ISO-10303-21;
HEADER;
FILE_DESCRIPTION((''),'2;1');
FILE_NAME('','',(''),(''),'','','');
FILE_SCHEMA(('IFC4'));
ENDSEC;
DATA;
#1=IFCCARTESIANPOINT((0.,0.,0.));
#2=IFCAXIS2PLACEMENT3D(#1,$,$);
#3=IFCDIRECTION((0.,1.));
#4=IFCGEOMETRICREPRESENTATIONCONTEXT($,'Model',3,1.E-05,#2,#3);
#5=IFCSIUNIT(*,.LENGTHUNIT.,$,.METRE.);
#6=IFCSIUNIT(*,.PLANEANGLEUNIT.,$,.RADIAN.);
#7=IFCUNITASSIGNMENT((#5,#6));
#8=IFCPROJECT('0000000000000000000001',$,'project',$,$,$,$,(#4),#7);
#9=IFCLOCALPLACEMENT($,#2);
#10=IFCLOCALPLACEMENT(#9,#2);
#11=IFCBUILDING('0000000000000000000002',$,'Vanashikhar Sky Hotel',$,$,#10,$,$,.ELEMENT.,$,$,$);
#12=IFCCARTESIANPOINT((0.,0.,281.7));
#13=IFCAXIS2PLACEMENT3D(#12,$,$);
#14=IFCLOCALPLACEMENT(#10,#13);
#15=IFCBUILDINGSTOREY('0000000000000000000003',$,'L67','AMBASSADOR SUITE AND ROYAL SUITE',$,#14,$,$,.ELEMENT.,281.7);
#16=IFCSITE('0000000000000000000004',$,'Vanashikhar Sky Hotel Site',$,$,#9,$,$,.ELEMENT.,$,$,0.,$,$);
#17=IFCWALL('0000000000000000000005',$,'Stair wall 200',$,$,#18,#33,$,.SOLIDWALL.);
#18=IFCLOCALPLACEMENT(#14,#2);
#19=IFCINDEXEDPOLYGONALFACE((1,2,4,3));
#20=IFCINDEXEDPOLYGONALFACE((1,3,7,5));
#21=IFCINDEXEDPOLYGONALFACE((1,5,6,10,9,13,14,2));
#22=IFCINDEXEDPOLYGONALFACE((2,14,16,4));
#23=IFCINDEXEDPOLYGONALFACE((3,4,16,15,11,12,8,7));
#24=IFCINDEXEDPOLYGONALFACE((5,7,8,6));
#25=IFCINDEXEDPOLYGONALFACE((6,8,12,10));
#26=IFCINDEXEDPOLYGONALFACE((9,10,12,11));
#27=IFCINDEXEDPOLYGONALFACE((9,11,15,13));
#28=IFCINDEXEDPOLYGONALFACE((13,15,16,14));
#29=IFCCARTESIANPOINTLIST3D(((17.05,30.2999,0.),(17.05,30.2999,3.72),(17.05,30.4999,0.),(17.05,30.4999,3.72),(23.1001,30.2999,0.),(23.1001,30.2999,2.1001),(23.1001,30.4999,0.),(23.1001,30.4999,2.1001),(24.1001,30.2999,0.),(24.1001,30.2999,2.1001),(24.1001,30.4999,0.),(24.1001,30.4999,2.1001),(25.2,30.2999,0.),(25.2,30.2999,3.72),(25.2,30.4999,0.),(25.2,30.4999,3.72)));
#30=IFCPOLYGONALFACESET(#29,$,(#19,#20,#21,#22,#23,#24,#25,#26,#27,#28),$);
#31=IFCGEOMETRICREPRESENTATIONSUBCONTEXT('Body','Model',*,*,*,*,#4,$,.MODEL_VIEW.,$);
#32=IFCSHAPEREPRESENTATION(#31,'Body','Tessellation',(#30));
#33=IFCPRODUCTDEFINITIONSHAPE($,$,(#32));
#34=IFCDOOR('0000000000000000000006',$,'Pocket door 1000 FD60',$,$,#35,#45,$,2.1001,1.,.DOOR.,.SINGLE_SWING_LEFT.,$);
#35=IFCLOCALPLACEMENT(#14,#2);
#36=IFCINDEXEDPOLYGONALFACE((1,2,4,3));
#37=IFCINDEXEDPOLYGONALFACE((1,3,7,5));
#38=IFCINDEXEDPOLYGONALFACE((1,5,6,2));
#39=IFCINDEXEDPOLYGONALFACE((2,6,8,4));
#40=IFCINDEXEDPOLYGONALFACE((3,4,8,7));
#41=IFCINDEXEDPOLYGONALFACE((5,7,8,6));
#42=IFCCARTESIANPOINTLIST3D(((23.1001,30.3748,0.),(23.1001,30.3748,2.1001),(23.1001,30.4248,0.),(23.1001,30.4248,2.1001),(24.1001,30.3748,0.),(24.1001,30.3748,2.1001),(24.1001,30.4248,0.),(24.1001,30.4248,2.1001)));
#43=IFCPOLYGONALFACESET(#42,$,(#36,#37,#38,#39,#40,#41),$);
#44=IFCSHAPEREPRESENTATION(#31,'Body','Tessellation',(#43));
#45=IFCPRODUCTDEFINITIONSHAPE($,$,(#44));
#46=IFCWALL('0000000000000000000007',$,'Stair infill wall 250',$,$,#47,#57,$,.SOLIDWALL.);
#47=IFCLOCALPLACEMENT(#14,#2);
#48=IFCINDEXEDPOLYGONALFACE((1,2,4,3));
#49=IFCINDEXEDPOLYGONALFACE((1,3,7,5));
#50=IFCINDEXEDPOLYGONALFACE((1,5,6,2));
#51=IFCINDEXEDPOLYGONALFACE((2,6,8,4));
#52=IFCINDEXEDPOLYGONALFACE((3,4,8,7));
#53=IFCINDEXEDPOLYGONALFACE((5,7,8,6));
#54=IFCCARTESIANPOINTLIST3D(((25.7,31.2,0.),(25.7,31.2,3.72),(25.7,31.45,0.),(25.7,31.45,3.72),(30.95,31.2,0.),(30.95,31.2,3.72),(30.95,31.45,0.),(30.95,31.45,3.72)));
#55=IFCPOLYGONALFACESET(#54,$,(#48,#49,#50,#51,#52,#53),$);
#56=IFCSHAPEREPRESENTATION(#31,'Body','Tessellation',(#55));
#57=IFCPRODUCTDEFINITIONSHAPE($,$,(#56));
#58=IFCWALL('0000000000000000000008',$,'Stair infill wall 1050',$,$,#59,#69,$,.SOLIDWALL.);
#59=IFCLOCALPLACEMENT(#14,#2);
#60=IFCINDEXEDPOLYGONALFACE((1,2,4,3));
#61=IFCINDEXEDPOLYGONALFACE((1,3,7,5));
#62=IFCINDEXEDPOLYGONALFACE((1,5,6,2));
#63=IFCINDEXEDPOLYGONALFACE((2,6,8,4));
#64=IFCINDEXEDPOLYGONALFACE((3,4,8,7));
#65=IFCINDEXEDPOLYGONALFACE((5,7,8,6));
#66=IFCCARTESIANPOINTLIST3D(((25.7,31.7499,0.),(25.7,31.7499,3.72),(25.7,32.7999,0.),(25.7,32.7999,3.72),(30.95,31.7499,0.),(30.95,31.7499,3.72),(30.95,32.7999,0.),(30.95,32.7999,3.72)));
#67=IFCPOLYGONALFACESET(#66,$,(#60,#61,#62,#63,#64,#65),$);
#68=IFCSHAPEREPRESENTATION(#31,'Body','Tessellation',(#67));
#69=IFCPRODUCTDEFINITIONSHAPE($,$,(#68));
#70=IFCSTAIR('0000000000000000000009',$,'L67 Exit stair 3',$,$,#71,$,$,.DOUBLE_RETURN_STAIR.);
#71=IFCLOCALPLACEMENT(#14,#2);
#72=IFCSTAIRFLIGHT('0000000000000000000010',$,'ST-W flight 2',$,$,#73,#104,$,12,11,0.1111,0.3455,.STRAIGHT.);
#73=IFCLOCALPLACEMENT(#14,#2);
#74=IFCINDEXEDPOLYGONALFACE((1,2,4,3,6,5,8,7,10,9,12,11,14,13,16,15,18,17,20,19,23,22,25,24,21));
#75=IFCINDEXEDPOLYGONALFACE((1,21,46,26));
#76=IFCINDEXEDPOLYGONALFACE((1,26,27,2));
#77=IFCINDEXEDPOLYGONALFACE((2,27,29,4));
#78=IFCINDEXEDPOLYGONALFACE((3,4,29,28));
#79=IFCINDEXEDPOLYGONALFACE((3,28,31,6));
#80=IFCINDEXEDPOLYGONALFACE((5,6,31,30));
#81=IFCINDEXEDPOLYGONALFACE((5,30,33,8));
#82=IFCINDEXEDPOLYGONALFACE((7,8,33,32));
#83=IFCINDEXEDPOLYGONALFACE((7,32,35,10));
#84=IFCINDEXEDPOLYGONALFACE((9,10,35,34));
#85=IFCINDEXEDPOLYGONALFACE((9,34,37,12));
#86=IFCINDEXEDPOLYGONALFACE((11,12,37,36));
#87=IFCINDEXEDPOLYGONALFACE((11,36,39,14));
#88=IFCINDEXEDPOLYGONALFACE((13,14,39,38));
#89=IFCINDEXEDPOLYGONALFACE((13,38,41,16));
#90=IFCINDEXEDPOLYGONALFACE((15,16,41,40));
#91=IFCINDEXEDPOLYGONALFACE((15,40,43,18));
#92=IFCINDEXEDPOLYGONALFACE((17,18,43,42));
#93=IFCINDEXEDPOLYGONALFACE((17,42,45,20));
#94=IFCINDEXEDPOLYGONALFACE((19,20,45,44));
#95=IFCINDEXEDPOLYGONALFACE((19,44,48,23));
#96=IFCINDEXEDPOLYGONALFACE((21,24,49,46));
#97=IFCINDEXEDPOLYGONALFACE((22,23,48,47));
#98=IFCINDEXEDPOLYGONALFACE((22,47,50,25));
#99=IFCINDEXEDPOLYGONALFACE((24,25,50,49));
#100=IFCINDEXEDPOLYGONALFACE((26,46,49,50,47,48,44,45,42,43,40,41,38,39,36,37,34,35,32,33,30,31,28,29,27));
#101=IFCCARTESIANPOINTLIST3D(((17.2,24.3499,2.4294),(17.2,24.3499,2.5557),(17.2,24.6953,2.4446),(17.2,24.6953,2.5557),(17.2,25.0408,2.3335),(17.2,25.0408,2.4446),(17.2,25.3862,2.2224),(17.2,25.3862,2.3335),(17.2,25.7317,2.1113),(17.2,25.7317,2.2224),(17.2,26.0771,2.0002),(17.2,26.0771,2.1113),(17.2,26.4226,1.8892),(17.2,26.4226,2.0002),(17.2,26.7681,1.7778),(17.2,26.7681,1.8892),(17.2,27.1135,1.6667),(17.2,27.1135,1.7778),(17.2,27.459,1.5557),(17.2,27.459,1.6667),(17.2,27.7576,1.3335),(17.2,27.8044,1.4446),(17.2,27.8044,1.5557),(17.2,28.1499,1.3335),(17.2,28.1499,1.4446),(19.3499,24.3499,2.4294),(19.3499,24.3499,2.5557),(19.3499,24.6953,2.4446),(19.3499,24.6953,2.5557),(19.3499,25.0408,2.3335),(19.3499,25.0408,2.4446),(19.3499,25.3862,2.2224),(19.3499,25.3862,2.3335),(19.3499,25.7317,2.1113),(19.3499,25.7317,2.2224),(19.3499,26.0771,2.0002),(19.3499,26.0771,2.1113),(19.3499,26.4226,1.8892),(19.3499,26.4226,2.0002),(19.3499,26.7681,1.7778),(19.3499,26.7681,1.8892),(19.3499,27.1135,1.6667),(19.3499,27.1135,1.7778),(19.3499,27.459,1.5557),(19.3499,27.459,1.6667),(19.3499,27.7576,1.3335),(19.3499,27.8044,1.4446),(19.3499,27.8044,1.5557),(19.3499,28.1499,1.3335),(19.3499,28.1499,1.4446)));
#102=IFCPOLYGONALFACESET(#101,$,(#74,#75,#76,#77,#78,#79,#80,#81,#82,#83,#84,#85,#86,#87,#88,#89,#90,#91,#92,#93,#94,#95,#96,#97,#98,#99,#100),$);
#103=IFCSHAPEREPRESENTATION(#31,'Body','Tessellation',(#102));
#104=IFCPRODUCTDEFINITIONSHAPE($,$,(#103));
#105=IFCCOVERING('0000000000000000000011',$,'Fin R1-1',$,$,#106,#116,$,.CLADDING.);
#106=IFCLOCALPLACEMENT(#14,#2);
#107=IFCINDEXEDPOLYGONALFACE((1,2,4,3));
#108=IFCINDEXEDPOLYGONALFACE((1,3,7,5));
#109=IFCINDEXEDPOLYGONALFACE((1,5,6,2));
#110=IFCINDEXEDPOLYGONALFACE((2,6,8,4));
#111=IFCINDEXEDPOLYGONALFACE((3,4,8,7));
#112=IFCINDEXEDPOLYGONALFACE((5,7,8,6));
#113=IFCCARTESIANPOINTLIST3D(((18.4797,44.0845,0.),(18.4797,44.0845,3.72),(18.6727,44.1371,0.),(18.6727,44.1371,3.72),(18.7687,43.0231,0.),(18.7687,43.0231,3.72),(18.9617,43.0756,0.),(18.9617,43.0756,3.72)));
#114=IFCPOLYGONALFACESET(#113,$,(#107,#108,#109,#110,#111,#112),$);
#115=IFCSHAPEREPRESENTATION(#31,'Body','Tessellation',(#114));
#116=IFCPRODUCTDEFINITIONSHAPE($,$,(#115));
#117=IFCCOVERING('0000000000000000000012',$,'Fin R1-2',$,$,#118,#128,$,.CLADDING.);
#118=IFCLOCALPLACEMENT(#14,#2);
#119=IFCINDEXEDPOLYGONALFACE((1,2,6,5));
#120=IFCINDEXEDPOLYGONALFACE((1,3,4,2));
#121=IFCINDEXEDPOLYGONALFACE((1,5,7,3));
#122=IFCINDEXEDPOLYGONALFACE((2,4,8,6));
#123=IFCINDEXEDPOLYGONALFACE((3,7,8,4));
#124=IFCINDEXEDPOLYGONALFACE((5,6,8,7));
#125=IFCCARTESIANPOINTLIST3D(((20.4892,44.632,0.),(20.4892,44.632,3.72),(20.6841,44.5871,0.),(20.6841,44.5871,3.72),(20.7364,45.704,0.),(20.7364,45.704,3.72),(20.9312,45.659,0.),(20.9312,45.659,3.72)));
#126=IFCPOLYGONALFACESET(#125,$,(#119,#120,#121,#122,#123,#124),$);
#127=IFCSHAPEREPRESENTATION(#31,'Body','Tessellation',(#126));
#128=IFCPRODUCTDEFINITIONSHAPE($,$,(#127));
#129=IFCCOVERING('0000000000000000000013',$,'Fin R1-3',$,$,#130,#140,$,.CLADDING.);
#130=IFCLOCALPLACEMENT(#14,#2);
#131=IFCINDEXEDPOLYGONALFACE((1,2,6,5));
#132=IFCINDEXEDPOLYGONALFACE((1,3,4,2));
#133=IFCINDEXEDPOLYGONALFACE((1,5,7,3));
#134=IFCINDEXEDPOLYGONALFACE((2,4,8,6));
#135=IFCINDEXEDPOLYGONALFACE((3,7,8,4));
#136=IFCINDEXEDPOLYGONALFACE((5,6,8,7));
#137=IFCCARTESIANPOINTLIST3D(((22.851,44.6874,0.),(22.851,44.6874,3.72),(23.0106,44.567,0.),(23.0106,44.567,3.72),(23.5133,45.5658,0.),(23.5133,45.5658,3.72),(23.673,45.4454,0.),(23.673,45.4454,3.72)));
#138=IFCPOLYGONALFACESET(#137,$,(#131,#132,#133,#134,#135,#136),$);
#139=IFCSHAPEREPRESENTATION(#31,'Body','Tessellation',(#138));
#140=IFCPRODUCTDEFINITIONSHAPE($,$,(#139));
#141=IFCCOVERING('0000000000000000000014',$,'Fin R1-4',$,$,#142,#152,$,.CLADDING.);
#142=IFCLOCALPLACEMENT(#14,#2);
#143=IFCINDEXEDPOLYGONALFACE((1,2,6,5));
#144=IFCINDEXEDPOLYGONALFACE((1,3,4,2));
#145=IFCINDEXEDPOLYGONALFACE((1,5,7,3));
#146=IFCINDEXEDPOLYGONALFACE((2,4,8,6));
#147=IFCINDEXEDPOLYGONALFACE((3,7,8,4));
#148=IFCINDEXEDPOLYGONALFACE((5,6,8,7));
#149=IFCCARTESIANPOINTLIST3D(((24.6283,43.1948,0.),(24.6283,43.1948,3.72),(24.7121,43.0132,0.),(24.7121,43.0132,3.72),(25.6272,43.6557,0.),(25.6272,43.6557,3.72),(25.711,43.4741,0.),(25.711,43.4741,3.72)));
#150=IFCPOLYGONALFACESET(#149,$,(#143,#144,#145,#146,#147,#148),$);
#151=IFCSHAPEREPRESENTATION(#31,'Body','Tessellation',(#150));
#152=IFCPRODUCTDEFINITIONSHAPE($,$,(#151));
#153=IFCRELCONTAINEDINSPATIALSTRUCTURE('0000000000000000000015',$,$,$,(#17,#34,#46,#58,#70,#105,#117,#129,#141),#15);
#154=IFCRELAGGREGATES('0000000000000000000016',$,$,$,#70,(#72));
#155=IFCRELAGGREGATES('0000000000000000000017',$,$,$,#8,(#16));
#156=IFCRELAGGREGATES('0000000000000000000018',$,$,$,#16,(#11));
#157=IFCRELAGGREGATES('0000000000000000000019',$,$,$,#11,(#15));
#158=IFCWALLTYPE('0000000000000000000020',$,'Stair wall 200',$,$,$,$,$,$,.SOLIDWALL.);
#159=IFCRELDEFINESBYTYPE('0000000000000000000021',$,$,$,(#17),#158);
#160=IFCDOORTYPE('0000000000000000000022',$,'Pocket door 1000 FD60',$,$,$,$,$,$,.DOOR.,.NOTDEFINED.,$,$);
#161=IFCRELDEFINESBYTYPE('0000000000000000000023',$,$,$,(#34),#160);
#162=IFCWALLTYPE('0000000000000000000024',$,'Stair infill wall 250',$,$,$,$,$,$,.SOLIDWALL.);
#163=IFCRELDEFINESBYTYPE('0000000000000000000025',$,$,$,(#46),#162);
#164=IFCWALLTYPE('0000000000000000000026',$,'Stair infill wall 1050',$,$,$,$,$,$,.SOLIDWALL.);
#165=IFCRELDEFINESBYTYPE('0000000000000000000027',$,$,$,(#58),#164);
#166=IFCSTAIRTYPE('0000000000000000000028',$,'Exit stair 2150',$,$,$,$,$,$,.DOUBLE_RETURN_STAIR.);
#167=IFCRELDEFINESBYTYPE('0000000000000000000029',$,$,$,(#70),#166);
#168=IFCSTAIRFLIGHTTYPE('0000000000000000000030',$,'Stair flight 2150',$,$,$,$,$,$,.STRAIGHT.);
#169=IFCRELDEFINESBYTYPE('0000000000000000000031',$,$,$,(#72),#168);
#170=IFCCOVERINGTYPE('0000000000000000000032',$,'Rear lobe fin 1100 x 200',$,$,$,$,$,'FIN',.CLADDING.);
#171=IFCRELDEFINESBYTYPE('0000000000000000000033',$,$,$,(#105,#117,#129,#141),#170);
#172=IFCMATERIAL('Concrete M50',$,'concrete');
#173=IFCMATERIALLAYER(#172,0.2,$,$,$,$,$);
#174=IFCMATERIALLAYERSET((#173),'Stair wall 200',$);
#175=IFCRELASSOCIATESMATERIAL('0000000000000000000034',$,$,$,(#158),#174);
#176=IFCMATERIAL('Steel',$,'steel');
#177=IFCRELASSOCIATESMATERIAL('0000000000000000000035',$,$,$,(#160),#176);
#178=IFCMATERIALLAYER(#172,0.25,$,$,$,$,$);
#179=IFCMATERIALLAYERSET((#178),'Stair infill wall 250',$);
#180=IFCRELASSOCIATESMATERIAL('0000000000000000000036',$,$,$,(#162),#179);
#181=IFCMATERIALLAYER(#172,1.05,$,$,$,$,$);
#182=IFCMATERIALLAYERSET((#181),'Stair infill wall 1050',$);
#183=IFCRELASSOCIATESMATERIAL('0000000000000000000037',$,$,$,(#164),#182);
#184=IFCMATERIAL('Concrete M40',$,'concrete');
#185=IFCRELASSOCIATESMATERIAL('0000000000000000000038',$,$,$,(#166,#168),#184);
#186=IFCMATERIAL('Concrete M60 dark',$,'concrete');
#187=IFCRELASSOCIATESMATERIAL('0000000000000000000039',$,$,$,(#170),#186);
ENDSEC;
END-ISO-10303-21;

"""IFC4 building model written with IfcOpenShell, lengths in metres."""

from ifc_helpers import new_model, si_unit, direction, frame, frame_2d, origin, origin_2d, place, context, subcontext, project, spatial, polyline, rectangle, outline, extrude, source, transform, mapped, material, layer, layer_set, material_profile, profile_set, type_object, element, fill, aggregate, save


model = new_model("IFC4")

# Units and contexts
model_context = context("Model", 3, precision=1e-05, world=origin(), true_north=direction((0.0, 1.0)))
body_context = subcontext(model_context, "Body", "Model", "MODEL_VIEW")
ifc_project = project(units=[si_unit("LENGTHUNIT", "METRE"), si_unit("PLANEANGLEUNIT", "RADIAN")], contexts=[model_context])

# Site, building, storey
site_placement = place(None, origin())
site = spatial("IfcSite", under=ifc_project, at=site_placement, Name="Vanashikhar Sky Hotel Site", CompositionType="ELEMENT", RefElevation=0.0)
building_placement = place(site_placement, origin())
building = spatial("IfcBuilding", under=site, at=building_placement, Name="Vanashikhar Sky Hotel", CompositionType="ELEMENT")
storey_placement = place(building_placement, frame((0.0, 0.0, 281.7)))
storey = spatial("IfcBuildingStorey", under=building, at=storey_placement, Name="L67", Description="AMBASSADOR SUITE AND ROYAL SUITE", CompositionType="ELEMENT", Elevation=281.7)

# Shared definitions
ifc_material_1 = material(Name="Concrete M50", Category="concrete")

# Wall, opening, door
ifc_layer_1 = layer(ifc_material_1, 0.2)
ifc_layer_set_1 = layer_set([ifc_layer_1], Name="Stair wall 200")
wall_type_1 = type_object("IfcWallType", Name="Stair wall 200", PredefinedType="SOLIDWALL", material=ifc_layer_set_1)
shared_shape_1 = source(origin(), body_context, "Body", "SweptSolid", [
    extrude(rectangle(XDim=8.1499, YDim=0.2, at=frame_2d((4.075, 0.0))), origin(), (0.0, 0.0, 1.0), 3.72),
])
wall_1_placement = place(storey_placement, frame((17.05, 30.3999, 0.0), z_axis=(0.0, 0.0, 1.0), x_axis=(1.0, 0.0, 0.0)))
wall_1 = element("IfcWall", 1, at=wall_1_placement, inside=storey, type_object=wall_type_1, Name="Stair wall 200", PredefinedType="SOLIDWALL", context=body_context, shape_type="MappedRepresentation", body=[
    mapped(shared_shape_1, transform((0.0, 0.0, 0.0), scale=1.0)),
])
shared_shape_2 = source(origin(), body_context, "Body", "SweptSolid", [
    extrude(rectangle(XDim=1.0, YDim=2.1001, at=frame_2d((0.5, 1.05))), frame((0.0, 0.1099, 0.0), z_axis=(0.0, -1.0, 0.0), x_axis=(1.0, 0.0, 0.0)), (0.0, 0.0, 1.0), 0.22),
])
opening_1_placement = place(wall_1_placement, frame((6.05, 0.0, 0.0)))
opening_1 = element("IfcOpeningElement", 2, at=opening_1_placement, cuts=wall_1, PredefinedType="OPENING", context=body_context, shape_type="MappedRepresentation", body=[
    mapped(shared_shape_2, transform((0.0, 0.0, 0.0), scale=1.0)),
])
ifc_material_2 = material(Name="Steel", Category="steel")
door_type_1 = type_object("IfcDoorType", Name="Pocket door 1000 FD60", OperationType="NOTDEFINED", PredefinedType="DOOR", material=ifc_material_2)
shared_shape_3 = source(origin(), body_context, "Body", "SweptSolid", [
    extrude(rectangle(XDim=1.0, YDim=2.1001, at=frame_2d((0.5, 1.05))), frame((0.0, 0.0249, 0.0), z_axis=(0.0, -1.0, 0.0), x_axis=(1.0, 0.0, 0.0)), (0.0, 0.0, 1.0), 0.05),
])
door_1_placement = place(opening_1_placement, origin())
door_1 = element("IfcDoor", 3, at=door_1_placement, inside=storey, type_object=door_type_1, Name="Pocket door 1000 FD60", OperationType="SINGLE_SWING_LEFT", OverallHeight=2.1001, OverallWidth=1.0, PredefinedType="DOOR", context=body_context, shape_type="MappedRepresentation", body=[
    mapped(shared_shape_3, transform((0.0, 0.0, 0.0), scale=1.0)),
])
fill(opening_1, door_1)

# Walls
ifc_layer_2 = layer(ifc_material_1, 0.25)
ifc_layer_set_2 = layer_set([ifc_layer_2], Name="Stair infill wall 250")
wall_type_2 = type_object("IfcWallType", Name="Stair infill wall 250", PredefinedType="SOLIDWALL", material=ifc_layer_set_2)
shared_shape_4 = source(origin(), body_context, "Body", "SweptSolid", [
    extrude(rectangle(XDim=5.25, YDim=0.25, at=frame_2d((2.625, 0.0))), origin(), (0.0, 0.0, 1.0), 3.72),
])
wall_2_placement = place(storey_placement, frame((25.7, 31.325, 0.0), z_axis=(0.0, 0.0, 1.0), x_axis=(1.0, 0.0, 0.0)))
element("IfcWall", 4, at=wall_2_placement, inside=storey, type_object=wall_type_2, Name="Stair infill wall 250", PredefinedType="SOLIDWALL", context=body_context, shape_type="MappedRepresentation", body=[
    mapped(shared_shape_4, transform((0.0, 0.0, 0.0), scale=1.0)),
])
ifc_layer_3 = layer(ifc_material_1, 1.05)
ifc_layer_set_3 = layer_set([ifc_layer_3], Name="Stair infill wall 1050")
wall_type_3 = type_object("IfcWallType", Name="Stair infill wall 1050", PredefinedType="SOLIDWALL", material=ifc_layer_set_3)
shared_shape_5 = source(origin(), body_context, "Body", "SweptSolid", [
    extrude(rectangle(XDim=5.25, YDim=1.05, at=frame_2d((2.625, 0.0))), origin(), (0.0, 0.0, 1.0), 3.72),
])
wall_3_placement = place(storey_placement, frame((25.7, 32.2749, 0.0), z_axis=(0.0, 0.0, 1.0), x_axis=(1.0, 0.0, 0.0)))
element("IfcWall", 5, at=wall_3_placement, inside=storey, type_object=wall_type_3, Name="Stair infill wall 1050", PredefinedType="SOLIDWALL", context=body_context, shape_type="MappedRepresentation", body=[
    mapped(shared_shape_5, transform((0.0, 0.0, 0.0), scale=1.0)),
])

# Stair, stair flight
ifc_material_3 = material(Name="Concrete M40", Category="concrete")
stair_type = type_object("IfcStairType", Name="Exit stair 2150", PredefinedType="DOUBLE_RETURN_STAIR", material=ifc_material_3)
stair_placement = place(storey_placement, origin())
stair = element("IfcStair", 6, at=stair_placement, inside=storey, type_object=stair_type, Name="L67 Exit stair 3", PredefinedType="DOUBLE_RETURN_STAIR")
stair_flight_type = type_object("IfcStairFlightType", Name="Stair flight 2150", PredefinedType="STRAIGHT", material=ifc_material_3)
shared_shape_6 = source(origin(), body_context, "Body", "SweptSolid", [
    extrude(outline(polyline([(0.0, 0.0), (0.0, 0.1111), (0.3455, 0.1111), (0.3455, 0.2222), (0.6909, 0.2222), (0.6909, 0.3333), (1.0364, 0.3333), (1.0364, 0.4443), (1.3818, 0.4443), (1.3818, 0.5557), (1.7273, 0.5557), (1.7273, 0.6667), (2.0728, 0.6667), (2.0728, 0.7778), (2.4182, 0.7778), (2.4182, 0.8889), (2.7637, 0.8889), (2.7637, 1.0), (3.1091, 1.0), (3.1091, 1.1111), (3.4546, 1.1111), (3.4546, 1.2222), (3.8, 1.2222), (3.8, 1.3333), (3.8, 1.0959), (0.3923, 0.0), (0.0, 0.0)])), frame((0.0, 1.075, 0.0), z_axis=(0.0, -1.0, 0.0), x_axis=(1.0, 0.0, 0.0)), (0.0, 0.0, 1.0), 2.1499),
])
stair_flight_placement = place(storey_placement, frame((18.2749, 28.1499, 1.3335), z_axis=(0.0, 0.0, 1.0), x_axis=(0.0, -1.0, 0.0)))
stair_flight = element("IfcStairFlight", 7, at=stair_flight_placement, type_object=stair_flight_type, Name="ST-W flight 2", NumberOfRisers=12, NumberOfTreads=11, PredefinedType="STRAIGHT", RiserHeight=0.1111, TreadLength=0.3455, context=body_context, shape_type="MappedRepresentation", body=[
    mapped(shared_shape_6, transform((0.0, 0.0, 0.0), scale=1.0)),
])
aggregate(stair, [stair_flight])

# Coverings
ifc_material_4 = material(Name="Concrete M60 dark", Category="concrete")
ifc_material_profile = material_profile(ifc_material_4, rectangle(XDim=1.1001, YDim=0.2, at=origin_2d()))
ifc_profile_set = profile_set([ifc_material_profile], Name="Rear lobe fin 1100 x 200")
covering_type = type_object("IfcCoveringType", Name="Rear lobe fin 1100 x 200", ElementType="FIN", PredefinedType="CLADDING", material=ifc_profile_set)
shared_shape_7 = source(origin(), body_context, "Body", "SweptSolid", [
    extrude(rectangle(XDim=1.1001, YDim=0.2, at=origin_2d()), origin(), (0.0, 0.0, 1.0), 3.72),
])
for number, where, z_axis, x_axis, name in (
    (8, (18.7207, 43.5801, 0.0), (0.0, 0.0, 1.0), (-0.262711, 0.964874, 0.0), "Fin R1-1"),
    (9, (20.7102, 45.1455, 0.0), (0.0, 0.0, 1.0), (0.224645, 0.974441, 0.0), "Fin R1-2"),
    (10, (23.262, 45.0664, 0.0), (0.0, 0.0, 1.0), (0.602066, 0.798446, 0.0), "Fin R1-3"),
    (11, (25.1697, 43.3345, 0.0), (0.0, 0.0, 1.0), (0.908004, 0.418961, 0.0), "Fin R1-4"),
):
    element("IfcCovering", number, at=place(storey_placement, frame(where, z_axis=z_axis, x_axis=x_axis)), inside=storey, type_object=covering_type, Name=name, PredefinedType="CLADDING", context=body_context, shape_type="MappedRepresentation", body=[
        mapped(shared_shape_7, transform((0.0, 0.0, 0.0), scale=1.0)),
    ])

save(model, "model.ifc")
